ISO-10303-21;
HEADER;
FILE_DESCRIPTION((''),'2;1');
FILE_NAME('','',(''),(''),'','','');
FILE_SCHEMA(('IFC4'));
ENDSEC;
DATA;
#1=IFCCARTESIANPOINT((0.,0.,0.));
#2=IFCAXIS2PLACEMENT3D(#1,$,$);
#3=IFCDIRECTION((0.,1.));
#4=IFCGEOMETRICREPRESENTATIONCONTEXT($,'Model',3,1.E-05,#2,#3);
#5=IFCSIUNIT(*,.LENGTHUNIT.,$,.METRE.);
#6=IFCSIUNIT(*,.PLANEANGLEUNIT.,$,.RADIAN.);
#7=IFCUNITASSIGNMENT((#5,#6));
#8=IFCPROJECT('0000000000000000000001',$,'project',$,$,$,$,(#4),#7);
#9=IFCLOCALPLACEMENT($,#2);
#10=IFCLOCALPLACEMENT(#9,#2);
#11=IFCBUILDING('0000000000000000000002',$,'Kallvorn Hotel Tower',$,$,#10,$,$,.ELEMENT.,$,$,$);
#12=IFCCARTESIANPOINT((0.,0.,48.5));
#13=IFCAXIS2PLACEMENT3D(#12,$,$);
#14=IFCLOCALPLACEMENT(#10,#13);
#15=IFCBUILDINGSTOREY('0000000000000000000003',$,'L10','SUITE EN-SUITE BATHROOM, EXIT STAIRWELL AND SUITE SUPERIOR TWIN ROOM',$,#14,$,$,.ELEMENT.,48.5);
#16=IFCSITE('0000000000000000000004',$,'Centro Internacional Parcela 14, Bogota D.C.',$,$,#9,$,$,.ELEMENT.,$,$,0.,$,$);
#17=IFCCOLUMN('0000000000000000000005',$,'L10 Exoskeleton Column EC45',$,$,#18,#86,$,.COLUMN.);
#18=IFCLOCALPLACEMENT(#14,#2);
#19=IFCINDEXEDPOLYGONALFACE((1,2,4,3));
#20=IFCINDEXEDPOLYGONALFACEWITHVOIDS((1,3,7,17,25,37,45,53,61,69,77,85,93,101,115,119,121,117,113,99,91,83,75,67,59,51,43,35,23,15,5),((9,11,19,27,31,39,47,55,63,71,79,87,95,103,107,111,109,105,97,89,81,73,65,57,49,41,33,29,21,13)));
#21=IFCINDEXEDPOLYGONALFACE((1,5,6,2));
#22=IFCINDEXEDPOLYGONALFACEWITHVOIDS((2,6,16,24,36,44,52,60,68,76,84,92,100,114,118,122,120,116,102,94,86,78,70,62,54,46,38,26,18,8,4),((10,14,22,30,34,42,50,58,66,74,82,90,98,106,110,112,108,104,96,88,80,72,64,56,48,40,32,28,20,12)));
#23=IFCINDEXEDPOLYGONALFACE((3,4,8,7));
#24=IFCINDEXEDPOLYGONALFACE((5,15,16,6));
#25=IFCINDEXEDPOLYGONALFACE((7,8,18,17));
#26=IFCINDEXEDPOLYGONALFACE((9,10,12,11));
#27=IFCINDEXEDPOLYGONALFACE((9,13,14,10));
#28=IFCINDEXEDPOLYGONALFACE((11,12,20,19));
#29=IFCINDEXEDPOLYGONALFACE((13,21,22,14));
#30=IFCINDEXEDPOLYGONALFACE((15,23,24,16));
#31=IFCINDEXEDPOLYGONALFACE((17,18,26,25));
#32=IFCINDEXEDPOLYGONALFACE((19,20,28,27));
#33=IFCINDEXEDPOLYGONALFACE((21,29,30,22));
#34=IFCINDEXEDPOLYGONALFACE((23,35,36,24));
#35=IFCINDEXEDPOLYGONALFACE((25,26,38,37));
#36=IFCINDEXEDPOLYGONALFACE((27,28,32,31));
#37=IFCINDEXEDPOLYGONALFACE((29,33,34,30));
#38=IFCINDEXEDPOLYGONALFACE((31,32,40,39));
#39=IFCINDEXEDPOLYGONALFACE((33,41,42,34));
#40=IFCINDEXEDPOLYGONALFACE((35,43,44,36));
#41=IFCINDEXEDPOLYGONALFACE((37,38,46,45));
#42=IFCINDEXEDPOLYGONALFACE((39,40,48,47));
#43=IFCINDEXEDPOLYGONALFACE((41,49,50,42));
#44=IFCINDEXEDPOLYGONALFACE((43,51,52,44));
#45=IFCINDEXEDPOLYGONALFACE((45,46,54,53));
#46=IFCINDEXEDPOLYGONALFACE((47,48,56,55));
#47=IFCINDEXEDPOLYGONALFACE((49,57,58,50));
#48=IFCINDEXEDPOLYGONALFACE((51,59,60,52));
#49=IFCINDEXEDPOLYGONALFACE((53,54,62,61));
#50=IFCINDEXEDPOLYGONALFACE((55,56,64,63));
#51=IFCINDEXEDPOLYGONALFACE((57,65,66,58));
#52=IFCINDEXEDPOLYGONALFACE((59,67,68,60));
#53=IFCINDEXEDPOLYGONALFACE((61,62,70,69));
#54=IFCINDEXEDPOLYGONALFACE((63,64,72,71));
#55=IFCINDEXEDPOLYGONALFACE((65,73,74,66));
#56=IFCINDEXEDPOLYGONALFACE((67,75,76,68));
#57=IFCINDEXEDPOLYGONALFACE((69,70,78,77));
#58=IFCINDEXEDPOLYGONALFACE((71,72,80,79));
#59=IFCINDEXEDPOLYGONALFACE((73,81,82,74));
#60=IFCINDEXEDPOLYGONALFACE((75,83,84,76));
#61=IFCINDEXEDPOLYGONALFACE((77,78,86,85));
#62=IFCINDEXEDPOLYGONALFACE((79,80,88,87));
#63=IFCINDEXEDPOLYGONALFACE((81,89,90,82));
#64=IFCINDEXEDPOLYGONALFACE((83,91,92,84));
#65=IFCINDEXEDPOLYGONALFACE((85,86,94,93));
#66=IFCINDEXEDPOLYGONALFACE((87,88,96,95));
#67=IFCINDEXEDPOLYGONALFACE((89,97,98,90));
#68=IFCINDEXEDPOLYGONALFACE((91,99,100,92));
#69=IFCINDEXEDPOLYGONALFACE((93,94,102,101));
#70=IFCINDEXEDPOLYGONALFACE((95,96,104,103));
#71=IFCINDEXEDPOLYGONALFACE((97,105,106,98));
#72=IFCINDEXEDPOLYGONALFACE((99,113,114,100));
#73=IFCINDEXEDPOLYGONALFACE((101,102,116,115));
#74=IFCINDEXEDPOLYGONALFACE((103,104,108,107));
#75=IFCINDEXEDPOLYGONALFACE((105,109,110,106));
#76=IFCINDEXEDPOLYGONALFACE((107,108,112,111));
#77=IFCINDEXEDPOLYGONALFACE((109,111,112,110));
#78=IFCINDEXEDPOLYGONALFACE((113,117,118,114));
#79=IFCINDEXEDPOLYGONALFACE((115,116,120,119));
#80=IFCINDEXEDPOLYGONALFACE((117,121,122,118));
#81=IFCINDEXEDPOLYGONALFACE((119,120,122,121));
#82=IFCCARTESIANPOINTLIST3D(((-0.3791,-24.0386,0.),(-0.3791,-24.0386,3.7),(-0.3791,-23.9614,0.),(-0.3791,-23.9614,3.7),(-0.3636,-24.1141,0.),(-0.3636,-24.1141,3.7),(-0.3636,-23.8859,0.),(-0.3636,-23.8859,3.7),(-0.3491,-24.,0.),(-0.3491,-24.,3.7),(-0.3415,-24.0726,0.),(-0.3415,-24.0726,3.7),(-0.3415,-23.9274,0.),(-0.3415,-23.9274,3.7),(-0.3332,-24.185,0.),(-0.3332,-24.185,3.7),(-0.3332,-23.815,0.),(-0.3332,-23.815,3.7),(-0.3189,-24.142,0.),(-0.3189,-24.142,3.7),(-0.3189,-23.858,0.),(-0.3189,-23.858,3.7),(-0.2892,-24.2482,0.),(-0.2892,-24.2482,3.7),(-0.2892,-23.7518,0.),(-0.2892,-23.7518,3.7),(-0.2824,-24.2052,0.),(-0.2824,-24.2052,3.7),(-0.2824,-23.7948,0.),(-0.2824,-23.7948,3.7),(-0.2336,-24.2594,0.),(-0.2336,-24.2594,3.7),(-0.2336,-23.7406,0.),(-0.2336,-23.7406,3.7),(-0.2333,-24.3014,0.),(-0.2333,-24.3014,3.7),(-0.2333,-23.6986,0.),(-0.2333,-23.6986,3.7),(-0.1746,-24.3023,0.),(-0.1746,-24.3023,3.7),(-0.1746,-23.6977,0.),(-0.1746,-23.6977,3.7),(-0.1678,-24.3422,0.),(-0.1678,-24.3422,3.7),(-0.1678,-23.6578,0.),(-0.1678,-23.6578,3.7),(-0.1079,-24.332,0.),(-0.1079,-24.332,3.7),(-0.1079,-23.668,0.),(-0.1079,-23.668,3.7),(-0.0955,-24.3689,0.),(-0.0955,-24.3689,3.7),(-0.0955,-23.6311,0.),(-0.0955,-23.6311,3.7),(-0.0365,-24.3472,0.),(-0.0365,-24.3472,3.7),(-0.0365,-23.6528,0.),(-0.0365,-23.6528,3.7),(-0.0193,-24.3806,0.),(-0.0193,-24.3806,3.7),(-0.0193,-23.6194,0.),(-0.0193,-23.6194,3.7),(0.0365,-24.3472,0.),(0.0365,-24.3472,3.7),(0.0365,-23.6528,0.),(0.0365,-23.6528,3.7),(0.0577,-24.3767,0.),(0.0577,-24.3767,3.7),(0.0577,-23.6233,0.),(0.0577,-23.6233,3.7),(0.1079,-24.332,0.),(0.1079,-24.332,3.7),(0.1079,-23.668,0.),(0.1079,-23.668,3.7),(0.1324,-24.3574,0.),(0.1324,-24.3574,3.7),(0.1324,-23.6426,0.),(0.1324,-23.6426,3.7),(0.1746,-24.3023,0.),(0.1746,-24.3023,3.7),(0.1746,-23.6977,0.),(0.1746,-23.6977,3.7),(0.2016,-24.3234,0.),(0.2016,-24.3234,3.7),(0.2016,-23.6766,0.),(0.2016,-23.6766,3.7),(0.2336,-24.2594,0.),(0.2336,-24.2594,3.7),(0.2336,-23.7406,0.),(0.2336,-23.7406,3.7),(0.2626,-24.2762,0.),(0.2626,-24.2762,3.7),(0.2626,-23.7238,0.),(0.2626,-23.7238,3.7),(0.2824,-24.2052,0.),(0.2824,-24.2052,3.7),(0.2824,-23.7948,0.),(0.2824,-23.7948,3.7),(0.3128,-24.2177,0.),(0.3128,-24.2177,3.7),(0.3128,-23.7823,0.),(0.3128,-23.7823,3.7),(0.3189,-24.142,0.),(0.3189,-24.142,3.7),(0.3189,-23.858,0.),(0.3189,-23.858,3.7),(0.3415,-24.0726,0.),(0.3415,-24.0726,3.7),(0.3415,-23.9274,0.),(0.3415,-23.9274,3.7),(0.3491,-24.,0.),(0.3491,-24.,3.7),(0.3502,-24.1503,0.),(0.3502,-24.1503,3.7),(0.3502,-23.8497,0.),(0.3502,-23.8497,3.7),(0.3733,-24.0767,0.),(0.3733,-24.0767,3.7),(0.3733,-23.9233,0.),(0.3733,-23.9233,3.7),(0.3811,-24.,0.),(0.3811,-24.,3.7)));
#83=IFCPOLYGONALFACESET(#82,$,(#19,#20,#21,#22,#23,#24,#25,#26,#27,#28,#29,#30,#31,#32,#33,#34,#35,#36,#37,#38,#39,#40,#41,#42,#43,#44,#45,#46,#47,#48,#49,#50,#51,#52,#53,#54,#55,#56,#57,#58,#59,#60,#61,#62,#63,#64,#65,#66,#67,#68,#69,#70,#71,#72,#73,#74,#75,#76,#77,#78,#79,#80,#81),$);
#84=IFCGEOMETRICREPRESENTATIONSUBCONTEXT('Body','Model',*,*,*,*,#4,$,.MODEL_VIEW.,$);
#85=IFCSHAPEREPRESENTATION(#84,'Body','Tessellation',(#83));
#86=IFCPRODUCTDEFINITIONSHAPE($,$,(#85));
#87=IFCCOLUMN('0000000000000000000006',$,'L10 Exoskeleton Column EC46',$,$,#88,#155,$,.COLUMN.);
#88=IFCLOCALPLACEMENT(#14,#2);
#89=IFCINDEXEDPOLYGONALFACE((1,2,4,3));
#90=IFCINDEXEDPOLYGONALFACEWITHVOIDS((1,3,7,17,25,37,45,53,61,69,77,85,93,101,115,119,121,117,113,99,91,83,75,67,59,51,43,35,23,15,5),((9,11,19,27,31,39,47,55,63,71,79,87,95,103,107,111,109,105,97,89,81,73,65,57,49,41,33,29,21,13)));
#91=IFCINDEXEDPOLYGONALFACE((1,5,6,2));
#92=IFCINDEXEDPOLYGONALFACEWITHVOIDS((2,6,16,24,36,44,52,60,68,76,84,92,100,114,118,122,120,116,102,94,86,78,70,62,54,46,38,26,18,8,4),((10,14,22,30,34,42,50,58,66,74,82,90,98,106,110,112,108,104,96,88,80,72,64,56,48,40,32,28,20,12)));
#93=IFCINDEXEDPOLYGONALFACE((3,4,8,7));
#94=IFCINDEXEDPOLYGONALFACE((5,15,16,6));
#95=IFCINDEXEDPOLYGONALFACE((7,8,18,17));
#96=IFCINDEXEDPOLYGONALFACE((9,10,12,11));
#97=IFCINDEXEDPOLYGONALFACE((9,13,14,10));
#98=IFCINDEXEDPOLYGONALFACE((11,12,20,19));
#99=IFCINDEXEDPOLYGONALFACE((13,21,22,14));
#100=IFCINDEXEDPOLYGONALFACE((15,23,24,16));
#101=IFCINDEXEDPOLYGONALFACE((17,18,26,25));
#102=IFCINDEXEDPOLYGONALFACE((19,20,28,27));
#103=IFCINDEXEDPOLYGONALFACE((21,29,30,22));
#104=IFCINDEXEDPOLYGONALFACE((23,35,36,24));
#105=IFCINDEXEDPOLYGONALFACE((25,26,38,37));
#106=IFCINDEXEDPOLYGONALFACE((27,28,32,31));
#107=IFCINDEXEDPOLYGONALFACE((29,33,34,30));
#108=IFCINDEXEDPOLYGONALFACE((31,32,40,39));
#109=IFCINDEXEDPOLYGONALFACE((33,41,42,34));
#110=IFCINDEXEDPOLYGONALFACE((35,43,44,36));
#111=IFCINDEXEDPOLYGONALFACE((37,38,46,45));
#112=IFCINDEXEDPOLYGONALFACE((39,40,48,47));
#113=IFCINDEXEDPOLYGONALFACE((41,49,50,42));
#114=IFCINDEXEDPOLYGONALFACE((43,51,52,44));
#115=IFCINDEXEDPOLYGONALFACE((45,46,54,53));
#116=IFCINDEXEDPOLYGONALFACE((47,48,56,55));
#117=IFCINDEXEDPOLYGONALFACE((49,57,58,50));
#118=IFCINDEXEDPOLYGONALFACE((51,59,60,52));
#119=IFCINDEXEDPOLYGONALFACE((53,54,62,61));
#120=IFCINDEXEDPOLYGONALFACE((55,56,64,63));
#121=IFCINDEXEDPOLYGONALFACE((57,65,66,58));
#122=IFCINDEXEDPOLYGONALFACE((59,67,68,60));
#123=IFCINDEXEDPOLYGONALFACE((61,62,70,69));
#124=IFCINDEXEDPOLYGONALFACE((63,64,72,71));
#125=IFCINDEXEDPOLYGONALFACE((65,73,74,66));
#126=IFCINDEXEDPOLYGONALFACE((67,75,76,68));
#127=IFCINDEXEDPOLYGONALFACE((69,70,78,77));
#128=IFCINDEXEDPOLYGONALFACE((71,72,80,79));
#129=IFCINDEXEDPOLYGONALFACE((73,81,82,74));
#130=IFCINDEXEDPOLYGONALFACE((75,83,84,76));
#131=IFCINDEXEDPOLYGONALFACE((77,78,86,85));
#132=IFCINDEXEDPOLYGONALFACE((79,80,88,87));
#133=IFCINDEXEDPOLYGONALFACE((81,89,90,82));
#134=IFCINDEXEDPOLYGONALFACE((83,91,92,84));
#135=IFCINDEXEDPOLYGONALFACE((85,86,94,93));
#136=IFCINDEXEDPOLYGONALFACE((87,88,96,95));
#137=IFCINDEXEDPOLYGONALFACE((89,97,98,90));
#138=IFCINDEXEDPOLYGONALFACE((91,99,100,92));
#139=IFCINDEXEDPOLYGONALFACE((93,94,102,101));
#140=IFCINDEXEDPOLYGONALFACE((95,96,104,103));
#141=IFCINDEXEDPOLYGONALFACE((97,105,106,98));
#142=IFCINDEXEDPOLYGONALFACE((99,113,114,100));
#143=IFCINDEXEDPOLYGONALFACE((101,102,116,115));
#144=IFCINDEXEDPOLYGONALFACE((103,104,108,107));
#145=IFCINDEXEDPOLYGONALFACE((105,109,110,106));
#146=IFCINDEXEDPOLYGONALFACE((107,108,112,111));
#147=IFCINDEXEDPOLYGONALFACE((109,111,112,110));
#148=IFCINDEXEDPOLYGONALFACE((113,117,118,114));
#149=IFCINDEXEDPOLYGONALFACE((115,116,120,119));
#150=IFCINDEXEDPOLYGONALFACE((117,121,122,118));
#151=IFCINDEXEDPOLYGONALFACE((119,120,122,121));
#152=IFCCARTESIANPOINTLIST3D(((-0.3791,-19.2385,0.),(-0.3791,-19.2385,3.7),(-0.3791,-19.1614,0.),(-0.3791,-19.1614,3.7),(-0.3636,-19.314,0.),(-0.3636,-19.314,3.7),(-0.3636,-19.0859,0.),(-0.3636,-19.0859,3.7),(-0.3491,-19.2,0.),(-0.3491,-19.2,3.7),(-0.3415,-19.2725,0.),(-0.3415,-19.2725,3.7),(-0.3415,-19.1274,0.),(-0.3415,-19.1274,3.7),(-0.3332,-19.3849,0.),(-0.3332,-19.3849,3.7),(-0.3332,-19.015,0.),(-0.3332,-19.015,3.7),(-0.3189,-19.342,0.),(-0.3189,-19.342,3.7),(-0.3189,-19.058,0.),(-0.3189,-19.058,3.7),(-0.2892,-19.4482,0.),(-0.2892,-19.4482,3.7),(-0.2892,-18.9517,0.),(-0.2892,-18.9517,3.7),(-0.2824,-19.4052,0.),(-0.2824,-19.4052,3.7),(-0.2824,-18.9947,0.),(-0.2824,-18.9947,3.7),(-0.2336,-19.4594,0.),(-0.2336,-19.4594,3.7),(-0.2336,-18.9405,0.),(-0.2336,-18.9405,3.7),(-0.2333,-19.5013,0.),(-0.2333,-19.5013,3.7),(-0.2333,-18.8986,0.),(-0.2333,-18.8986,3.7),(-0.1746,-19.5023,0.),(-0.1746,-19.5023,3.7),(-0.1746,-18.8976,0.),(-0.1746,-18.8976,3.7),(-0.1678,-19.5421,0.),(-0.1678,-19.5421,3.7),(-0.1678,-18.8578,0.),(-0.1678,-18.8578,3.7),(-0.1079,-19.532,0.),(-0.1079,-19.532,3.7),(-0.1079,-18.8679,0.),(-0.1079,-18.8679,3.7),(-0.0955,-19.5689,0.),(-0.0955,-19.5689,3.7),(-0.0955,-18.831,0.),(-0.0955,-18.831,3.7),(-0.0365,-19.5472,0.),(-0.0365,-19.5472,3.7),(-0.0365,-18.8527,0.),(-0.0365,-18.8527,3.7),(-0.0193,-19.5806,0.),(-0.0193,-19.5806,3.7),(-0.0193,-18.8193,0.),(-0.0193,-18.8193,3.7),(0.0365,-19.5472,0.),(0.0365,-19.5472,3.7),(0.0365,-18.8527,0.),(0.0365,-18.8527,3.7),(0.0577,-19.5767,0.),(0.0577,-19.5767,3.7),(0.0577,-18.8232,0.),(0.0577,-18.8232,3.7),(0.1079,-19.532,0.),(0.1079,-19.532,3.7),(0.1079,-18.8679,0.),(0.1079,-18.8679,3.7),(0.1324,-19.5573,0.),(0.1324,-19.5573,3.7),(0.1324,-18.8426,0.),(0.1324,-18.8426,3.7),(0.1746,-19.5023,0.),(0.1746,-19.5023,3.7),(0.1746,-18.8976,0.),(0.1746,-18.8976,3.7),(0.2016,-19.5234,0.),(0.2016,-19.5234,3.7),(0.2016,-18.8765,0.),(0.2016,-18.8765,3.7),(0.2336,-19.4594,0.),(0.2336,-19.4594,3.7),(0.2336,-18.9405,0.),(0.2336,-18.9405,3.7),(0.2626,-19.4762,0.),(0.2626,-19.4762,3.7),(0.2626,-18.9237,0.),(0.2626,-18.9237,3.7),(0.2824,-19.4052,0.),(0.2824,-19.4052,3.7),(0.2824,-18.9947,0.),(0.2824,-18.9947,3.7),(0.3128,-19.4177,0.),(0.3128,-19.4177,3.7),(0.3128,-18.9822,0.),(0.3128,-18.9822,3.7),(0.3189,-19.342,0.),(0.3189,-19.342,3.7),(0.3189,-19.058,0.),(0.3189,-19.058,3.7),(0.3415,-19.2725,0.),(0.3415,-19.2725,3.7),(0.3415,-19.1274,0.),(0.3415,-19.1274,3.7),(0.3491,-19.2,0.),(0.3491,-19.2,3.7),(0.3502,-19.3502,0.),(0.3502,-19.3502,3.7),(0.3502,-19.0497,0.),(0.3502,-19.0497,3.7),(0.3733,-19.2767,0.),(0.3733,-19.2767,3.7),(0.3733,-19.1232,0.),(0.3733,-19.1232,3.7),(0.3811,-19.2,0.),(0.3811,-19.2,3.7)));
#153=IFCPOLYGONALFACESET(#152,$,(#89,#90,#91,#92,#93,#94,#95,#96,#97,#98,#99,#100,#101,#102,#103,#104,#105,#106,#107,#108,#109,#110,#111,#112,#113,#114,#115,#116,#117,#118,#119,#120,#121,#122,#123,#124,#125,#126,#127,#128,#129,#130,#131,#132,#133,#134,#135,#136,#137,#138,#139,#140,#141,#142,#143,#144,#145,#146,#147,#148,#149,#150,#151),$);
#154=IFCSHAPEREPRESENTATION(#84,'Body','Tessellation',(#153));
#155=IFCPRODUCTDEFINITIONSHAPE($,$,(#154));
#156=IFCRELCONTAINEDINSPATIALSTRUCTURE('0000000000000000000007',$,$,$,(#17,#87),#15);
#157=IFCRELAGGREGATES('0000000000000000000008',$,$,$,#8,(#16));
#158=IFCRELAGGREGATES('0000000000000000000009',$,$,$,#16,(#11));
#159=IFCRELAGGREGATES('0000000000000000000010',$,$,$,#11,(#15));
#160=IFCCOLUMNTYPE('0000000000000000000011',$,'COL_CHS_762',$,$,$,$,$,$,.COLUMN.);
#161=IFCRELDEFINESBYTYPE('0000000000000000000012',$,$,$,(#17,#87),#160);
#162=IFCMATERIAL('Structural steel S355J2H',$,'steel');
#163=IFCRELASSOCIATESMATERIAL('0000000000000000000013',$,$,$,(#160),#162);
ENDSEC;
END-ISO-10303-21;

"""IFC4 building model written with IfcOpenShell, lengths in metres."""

from ifc_helpers import new_model, si_unit, direction, frame, origin, origin_2d, place, context, subcontext, project, spatial, hollow_circle, extrude, material, material_profile, profile_set, type_object, element, save


model = new_model("IFC4")

# Units and contexts
model_context = context("Model", 3, precision=1e-05, world=origin(), true_north=direction((0.0, 1.0)))
body_context = subcontext(model_context, "Body", "Model", "MODEL_VIEW")
ifc_project = project(units=[si_unit("LENGTHUNIT", "METRE"), si_unit("PLANEANGLEUNIT", "RADIAN")], contexts=[model_context])

# Site, building, storey
site_placement = place(None, origin())
site = spatial("IfcSite", under=ifc_project, at=site_placement, Name="Centro Internacional Parcela 14, Bogota D.C.", CompositionType="ELEMENT", RefElevation=0.0)
building_placement = place(site_placement, origin())
building = spatial("IfcBuilding", under=site, at=building_placement, Name="Kallvorn Hotel Tower", CompositionType="ELEMENT")
storey_placement = place(building_placement, frame((0.0, 0.0, 48.5)))
storey = spatial("IfcBuildingStorey", under=building, at=storey_placement, Name="L10", Description="SUITE EN-SUITE BATHROOM, EXIT STAIRWELL AND SUITE SUPERIOR TWIN ROOM", CompositionType="ELEMENT", Elevation=48.5)

# Columns
ifc_material_1 = material(Name="Structural steel S355J2H", Category="steel")
ifc_material_profile_1 = material_profile(ifc_material_1, hollow_circle(Radius=0.3811, WallThickness=0.032, at=origin_2d()), Name="CHS 762x32")
ifc_profile_set_1 = profile_set([ifc_material_profile_1], Name="Structural steel S355J2H")
column_type = type_object("IfcColumnType", Name="COL_CHS_762", PredefinedType="COLUMN", material=ifc_profile_set_1)
for number, where, z_axis, x_axis, name in (
    (1, (0.0, -24.0, 0.0), (0.0, 0.0, 1.0), (1.0, 0.0, 0.0), "L10 Exoskeleton Column EC45"),
    (2, (0.0, -19.2, 0.0), (0.0, 0.0, 1.0), (1.0, 0.0, 0.0), "L10 Exoskeleton Column EC46"),
):
    element("IfcColumn", number, at=place(storey_placement, frame(where, z_axis=z_axis, x_axis=x_axis)), inside=storey, type_object=column_type, Name=name, PredefinedType="COLUMN", context=body_context, shape_type="SweptSolid", body=[
        extrude(hollow_circle(Radius=0.3811, WallThickness=0.032, at=origin_2d()), origin(), (0.0, 0.0, 1.0), 3.7),
    ])

save(model, "model.ifc")
